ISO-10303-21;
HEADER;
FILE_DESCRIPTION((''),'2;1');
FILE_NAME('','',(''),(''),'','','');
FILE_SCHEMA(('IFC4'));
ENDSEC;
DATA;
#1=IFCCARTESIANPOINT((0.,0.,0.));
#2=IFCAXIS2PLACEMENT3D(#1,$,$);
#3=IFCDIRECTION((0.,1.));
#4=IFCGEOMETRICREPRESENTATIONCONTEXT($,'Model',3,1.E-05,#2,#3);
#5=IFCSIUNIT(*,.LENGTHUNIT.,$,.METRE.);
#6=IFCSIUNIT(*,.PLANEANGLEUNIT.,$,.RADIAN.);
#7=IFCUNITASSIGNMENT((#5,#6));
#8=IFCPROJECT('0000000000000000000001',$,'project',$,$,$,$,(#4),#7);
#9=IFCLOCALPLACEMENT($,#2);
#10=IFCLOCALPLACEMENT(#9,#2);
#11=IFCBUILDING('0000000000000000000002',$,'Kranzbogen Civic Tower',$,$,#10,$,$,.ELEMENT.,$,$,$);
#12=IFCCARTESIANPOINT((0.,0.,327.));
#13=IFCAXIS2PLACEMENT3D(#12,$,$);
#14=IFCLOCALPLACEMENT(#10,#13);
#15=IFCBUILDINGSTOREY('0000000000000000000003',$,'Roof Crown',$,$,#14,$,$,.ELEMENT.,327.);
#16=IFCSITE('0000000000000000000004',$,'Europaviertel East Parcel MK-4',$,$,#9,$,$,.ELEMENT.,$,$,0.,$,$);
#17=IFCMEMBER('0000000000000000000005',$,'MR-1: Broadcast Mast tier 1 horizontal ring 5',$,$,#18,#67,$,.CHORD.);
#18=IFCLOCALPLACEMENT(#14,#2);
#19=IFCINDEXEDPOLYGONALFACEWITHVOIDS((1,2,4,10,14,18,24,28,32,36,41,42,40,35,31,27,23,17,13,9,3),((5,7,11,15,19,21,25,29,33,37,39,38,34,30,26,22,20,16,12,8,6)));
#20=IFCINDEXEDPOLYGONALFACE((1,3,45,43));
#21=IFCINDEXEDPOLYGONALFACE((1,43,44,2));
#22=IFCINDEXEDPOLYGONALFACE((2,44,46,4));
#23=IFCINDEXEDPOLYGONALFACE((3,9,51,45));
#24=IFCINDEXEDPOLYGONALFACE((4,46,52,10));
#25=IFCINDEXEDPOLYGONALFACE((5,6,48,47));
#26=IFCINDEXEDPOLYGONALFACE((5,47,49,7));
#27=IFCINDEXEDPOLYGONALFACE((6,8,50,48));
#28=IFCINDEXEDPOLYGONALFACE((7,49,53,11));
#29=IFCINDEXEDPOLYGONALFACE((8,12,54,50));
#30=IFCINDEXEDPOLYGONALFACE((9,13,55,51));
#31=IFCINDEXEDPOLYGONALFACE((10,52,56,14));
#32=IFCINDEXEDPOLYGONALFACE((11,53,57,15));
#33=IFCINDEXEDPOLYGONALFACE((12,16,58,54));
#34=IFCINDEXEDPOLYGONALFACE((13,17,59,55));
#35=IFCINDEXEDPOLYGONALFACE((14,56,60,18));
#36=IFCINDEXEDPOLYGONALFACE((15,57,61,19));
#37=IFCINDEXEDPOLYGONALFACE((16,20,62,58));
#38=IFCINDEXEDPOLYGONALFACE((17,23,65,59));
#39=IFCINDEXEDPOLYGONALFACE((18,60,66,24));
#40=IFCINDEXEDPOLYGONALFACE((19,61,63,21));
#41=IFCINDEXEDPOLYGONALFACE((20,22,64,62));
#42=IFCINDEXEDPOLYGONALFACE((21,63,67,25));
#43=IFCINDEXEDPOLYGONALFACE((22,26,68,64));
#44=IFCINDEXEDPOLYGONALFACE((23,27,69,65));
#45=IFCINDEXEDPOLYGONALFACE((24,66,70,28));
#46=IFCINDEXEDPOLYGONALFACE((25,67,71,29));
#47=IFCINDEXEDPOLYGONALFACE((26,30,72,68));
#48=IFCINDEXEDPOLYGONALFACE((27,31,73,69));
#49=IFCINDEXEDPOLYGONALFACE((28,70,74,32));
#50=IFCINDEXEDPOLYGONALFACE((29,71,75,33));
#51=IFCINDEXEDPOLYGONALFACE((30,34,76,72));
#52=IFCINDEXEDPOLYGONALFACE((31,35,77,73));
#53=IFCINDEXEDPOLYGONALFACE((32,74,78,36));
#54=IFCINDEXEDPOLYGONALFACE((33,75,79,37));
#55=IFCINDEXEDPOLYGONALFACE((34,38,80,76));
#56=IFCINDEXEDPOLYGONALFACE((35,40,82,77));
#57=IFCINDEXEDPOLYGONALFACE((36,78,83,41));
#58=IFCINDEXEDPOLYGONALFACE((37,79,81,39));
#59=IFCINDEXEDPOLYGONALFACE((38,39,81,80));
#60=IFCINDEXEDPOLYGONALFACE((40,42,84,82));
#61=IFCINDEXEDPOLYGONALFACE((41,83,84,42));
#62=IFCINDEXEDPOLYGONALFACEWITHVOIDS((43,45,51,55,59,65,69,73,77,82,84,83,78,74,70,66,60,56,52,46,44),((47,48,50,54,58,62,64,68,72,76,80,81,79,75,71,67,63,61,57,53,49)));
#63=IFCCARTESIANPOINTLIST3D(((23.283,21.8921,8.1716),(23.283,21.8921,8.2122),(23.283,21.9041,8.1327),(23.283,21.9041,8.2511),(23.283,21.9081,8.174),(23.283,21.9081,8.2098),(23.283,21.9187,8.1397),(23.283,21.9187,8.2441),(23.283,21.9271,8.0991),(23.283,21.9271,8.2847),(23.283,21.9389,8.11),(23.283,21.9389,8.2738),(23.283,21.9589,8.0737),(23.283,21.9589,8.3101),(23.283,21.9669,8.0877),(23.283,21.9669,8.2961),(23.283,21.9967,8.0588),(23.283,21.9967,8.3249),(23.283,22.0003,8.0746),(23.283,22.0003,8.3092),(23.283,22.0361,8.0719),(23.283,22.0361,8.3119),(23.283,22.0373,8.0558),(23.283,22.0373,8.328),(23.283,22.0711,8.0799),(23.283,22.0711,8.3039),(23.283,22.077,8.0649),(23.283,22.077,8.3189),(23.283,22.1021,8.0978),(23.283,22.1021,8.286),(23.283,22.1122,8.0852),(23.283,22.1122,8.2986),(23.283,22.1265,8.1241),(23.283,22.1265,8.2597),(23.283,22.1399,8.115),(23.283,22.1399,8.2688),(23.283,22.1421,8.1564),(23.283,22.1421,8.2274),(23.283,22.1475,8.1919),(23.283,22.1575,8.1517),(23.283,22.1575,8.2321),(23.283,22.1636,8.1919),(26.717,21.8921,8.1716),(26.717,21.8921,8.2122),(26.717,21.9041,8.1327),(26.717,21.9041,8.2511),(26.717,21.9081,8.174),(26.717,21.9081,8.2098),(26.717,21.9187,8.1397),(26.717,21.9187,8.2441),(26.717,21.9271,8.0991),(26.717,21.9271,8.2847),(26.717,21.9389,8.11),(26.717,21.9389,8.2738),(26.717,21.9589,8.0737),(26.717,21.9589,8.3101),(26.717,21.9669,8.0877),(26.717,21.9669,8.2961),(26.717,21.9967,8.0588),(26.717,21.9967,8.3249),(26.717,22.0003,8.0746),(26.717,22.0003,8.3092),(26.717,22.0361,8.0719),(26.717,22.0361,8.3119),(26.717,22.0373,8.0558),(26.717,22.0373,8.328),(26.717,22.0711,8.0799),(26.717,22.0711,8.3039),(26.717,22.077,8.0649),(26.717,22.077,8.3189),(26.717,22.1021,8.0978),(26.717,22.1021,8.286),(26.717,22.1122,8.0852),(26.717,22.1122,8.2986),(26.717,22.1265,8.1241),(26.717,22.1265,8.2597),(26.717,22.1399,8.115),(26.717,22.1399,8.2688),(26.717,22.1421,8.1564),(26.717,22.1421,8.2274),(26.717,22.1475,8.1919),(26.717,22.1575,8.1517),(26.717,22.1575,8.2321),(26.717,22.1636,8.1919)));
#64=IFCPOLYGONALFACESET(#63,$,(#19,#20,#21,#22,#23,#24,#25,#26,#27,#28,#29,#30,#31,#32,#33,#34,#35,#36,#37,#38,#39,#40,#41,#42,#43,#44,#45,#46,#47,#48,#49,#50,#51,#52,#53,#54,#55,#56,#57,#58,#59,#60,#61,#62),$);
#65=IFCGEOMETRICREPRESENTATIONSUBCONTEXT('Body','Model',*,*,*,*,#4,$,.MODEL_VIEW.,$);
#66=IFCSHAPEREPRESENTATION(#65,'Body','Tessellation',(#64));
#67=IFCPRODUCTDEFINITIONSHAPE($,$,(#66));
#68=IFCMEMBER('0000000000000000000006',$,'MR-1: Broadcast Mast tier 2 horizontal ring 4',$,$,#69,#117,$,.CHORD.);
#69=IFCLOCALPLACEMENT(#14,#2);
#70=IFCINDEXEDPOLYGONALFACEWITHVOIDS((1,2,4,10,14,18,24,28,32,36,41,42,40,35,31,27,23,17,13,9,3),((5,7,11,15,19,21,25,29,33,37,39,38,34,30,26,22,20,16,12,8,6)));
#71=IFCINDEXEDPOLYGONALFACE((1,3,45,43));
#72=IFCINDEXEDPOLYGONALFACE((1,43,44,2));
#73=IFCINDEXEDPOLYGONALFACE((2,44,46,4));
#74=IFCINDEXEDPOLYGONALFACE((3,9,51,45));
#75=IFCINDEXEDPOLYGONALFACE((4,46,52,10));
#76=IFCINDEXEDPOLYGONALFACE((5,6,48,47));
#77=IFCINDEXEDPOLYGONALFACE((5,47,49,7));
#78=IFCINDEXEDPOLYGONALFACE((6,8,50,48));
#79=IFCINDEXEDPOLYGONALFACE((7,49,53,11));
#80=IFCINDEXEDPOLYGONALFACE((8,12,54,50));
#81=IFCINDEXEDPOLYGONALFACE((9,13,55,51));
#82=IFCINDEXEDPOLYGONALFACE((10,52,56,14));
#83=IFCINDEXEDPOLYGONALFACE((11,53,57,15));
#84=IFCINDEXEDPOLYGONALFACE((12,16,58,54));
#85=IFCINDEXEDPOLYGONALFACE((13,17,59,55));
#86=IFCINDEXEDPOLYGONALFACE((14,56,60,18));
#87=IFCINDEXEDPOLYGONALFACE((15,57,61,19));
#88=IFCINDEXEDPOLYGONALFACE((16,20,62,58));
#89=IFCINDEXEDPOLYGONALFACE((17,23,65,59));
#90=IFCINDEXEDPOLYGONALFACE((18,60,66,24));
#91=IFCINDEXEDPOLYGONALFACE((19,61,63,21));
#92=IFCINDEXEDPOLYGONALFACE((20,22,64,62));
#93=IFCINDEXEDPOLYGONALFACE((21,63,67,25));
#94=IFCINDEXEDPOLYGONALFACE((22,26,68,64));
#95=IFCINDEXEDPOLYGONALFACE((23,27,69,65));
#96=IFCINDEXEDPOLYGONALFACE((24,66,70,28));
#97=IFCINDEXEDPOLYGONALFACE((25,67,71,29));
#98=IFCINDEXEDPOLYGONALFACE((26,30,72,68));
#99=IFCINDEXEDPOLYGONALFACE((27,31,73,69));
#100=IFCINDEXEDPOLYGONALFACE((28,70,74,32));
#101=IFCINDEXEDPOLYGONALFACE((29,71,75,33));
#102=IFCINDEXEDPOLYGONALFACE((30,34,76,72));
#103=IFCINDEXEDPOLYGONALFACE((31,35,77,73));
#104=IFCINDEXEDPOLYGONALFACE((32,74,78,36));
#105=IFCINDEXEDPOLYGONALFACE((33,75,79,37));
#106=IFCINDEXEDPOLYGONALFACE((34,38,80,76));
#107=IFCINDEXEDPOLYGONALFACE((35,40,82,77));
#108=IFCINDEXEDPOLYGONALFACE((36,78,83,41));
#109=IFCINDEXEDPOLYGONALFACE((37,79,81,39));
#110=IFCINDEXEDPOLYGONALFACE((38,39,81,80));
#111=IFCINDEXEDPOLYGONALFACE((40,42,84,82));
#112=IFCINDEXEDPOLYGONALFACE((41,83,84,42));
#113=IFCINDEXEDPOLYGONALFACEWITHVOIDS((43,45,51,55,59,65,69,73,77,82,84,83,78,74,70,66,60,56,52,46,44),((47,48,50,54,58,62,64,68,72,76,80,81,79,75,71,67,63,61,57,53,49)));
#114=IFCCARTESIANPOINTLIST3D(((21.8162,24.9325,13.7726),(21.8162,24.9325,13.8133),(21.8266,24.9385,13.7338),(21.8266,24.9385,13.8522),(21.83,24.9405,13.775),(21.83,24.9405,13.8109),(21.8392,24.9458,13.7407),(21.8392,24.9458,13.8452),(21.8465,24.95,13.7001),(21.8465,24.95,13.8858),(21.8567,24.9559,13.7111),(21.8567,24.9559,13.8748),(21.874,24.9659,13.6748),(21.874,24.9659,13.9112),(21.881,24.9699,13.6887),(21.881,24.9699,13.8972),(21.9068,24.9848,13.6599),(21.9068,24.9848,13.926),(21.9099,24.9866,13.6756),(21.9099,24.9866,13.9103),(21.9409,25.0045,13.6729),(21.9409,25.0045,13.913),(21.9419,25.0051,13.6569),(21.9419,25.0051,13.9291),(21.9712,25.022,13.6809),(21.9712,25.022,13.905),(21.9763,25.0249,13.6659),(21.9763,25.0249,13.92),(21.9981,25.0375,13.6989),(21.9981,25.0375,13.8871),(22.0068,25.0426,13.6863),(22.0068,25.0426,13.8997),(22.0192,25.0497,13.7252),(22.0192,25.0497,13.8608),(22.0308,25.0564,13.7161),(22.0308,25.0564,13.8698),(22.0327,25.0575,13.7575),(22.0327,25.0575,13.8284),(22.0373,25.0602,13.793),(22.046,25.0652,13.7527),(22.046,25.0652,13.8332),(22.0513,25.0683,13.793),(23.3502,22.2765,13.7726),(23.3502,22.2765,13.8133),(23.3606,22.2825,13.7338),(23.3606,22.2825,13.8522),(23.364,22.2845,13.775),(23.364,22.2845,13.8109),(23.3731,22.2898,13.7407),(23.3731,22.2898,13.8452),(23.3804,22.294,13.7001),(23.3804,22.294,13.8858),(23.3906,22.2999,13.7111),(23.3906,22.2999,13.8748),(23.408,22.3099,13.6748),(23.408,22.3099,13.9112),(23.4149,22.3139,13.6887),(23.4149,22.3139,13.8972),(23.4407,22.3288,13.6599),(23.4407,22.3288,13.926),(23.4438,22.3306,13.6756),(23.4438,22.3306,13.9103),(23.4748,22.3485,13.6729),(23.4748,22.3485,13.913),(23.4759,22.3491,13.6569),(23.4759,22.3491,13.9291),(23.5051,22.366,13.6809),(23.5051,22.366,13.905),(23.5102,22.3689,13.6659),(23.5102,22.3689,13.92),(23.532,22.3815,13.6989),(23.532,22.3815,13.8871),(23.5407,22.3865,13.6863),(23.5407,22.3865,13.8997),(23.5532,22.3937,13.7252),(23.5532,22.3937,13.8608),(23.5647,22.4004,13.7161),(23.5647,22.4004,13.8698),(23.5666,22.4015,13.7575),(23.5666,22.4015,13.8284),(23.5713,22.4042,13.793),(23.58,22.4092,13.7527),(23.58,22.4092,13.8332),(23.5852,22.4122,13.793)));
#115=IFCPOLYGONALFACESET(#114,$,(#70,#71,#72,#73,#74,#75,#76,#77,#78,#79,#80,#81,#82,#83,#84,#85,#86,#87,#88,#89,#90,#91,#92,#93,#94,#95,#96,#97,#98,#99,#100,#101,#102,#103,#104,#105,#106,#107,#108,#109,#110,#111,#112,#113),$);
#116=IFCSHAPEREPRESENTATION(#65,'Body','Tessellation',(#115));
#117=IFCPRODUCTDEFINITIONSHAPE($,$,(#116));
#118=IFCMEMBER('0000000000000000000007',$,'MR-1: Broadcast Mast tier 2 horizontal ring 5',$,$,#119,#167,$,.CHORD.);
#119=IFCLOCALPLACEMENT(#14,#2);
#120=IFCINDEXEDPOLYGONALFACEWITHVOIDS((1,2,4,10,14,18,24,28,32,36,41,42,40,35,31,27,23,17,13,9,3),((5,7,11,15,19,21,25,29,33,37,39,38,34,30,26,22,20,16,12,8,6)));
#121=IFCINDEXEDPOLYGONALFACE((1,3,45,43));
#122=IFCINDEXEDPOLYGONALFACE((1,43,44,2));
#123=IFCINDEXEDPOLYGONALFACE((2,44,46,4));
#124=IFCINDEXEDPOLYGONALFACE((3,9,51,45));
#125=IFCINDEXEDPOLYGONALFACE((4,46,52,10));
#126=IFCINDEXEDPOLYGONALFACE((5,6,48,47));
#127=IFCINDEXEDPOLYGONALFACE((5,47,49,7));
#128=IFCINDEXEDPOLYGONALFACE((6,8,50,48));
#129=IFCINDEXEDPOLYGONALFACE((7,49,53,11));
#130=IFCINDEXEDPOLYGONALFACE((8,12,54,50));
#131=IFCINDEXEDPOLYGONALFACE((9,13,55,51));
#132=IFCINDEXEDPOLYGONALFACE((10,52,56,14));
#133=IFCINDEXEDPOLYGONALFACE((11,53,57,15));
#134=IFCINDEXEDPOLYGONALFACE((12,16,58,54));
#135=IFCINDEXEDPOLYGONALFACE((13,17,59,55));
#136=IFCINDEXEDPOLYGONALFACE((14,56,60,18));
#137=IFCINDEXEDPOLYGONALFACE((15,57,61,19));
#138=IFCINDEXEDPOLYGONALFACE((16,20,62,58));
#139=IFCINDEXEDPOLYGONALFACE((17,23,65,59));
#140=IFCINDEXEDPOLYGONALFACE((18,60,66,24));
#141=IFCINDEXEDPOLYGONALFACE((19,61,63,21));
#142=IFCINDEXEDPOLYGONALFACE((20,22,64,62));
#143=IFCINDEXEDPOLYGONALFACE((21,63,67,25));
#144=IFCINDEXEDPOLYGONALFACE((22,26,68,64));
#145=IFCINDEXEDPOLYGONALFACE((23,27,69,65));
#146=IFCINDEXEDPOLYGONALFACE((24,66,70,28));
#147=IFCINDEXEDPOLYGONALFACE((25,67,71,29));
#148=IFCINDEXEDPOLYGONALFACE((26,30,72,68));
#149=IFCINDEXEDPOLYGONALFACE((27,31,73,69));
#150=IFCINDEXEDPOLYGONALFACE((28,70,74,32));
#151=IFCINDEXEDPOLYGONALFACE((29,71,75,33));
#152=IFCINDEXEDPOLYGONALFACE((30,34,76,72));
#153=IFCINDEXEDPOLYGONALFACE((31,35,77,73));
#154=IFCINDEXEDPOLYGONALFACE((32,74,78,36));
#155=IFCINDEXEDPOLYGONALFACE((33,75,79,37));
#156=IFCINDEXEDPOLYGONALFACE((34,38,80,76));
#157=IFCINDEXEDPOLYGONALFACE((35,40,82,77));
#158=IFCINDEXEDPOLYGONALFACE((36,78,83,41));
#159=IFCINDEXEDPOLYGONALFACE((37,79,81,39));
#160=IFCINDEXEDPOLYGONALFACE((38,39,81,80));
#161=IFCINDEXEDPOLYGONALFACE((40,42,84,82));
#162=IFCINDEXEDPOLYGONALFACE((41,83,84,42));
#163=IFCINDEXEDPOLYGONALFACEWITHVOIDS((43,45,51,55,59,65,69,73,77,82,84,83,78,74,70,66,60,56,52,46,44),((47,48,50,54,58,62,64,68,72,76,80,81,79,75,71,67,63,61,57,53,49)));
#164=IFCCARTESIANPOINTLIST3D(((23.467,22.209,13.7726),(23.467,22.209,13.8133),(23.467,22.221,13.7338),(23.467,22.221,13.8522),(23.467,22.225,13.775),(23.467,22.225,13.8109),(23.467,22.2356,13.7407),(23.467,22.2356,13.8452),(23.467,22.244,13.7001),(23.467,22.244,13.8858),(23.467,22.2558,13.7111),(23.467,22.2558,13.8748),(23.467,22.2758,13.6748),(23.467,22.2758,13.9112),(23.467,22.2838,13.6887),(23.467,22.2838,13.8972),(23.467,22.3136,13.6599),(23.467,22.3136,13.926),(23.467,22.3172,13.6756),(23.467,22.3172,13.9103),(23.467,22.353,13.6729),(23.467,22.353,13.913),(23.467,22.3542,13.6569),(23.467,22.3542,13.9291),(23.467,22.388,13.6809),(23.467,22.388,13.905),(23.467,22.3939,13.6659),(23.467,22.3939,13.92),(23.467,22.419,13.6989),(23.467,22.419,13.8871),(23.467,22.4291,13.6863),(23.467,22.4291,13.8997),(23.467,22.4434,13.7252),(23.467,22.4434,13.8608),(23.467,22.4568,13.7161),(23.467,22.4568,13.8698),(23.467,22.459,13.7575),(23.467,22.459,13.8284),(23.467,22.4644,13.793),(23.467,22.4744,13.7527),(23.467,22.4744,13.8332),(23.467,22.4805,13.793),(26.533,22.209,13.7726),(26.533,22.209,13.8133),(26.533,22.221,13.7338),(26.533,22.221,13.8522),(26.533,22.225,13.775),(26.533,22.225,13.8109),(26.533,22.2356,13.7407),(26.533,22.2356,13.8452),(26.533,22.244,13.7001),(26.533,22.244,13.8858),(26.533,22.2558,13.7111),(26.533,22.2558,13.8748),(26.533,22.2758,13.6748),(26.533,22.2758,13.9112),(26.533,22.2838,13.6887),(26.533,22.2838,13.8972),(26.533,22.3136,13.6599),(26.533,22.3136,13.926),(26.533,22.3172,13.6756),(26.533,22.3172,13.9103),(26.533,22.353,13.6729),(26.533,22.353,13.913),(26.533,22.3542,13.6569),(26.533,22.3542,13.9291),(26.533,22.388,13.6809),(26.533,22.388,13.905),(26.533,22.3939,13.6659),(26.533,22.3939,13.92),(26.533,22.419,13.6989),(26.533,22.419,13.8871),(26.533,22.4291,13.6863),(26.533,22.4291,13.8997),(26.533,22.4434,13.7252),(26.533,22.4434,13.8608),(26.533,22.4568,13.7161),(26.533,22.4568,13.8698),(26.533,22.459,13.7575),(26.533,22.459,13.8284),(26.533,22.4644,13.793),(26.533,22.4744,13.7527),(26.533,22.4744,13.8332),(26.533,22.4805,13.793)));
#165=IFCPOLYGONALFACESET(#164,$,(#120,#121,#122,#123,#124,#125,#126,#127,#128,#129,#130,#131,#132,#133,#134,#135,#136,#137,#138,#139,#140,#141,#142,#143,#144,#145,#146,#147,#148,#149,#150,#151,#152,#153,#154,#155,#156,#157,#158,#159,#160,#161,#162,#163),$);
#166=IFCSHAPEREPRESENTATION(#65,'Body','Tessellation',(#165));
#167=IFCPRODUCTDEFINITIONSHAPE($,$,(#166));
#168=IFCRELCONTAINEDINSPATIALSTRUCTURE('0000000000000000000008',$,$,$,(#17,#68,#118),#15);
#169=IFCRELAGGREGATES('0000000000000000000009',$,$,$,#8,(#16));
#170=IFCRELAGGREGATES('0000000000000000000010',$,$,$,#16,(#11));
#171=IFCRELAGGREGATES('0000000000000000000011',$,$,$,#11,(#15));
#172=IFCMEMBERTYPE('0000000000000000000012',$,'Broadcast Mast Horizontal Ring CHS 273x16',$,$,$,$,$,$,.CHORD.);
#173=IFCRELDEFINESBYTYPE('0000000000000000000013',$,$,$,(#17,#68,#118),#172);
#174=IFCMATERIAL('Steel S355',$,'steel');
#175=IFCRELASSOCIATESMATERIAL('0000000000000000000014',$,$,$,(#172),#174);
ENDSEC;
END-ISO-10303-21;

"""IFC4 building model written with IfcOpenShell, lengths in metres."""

from ifc_helpers import new_model, si_unit, direction, frame, origin, origin_2d, place, context, subcontext, project, spatial, hollow_circle, extrude, material, material_profile, profile_set, type_object, element, save


model = new_model("IFC4")

# Units and contexts
model_context = context("Model", 3, precision=1e-05, world=origin(), true_north=direction((0.0, 1.0)))
body_context = subcontext(model_context, "Body", "Model", "MODEL_VIEW")
ifc_project = project(units=[si_unit("LENGTHUNIT", "METRE"), si_unit("PLANEANGLEUNIT", "RADIAN")], contexts=[model_context])

# Site, building, storey
site_placement = place(None, origin())
site = spatial("IfcSite", under=ifc_project, at=site_placement, Name="Europaviertel East Parcel MK-4", CompositionType="ELEMENT", RefElevation=0.0)
building_placement = place(site_placement, origin())
building = spatial("IfcBuilding", under=site, at=building_placement, Name="Kranzbogen Civic Tower", CompositionType="ELEMENT")
storey_placement = place(building_placement, frame((0.0, 0.0, 327.0)))
storey = spatial("IfcBuildingStorey", under=building, at=storey_placement, Name="Roof Crown", CompositionType="ELEMENT", Elevation=327.0)

# Members
ifc_material = material(Name="Steel S355", Category="steel")
ifc_material_profile_1 = material_profile(ifc_material, hollow_circle(Radius=0.1365, WallThickness=0.0161, at=origin_2d()), Name="CHS 273x16")
ifc_profile_set_1 = profile_set([ifc_material_profile_1], Name="Steel S355")
member_type_1 = type_object("IfcMemberType", Name="Broadcast Mast Horizontal Ring CHS 273x16", PredefinedType="CHORD", material=ifc_profile_set_1)
member_1_placement = place(storey_placement, frame((23.283, 22.0271, 8.1919), z_axis=(1.0, 0.0, 0.0), x_axis=(0.0, 1.0, 0.0)))
element("IfcMember", 1, at=member_1_placement, inside=storey, type_object=member_type_1, Name="MR-1: Broadcast Mast tier 1 horizontal ring 5", PredefinedType="CHORD", context=body_context, shape_type="SweptSolid", body=[
    extrude(hollow_circle(Radius=0.1365, WallThickness=0.0161, at=origin_2d()), origin(), (0.0, 0.0, 1.0), 3.4341),
])
member_2_placement = place(storey_placement, frame((21.9331, 25.0, 13.793), z_axis=(0.50012, -0.865956, 0.0), x_axis=(0.865956, 0.50012, 0.0)))
element("IfcMember", 2, at=member_2_placement, inside=storey, type_object=member_type_1, Name="MR-1: Broadcast Mast tier 2 horizontal ring 4", PredefinedType="CHORD", context=body_context, shape_type="SweptSolid", body=[
    extrude(hollow_circle(Radius=0.1365, WallThickness=0.0161, at=origin_2d()), origin(), (0.0, 0.0, 1.0), 3.0671),
])
member_3_placement = place(storey_placement, frame((23.467, 22.344, 13.793), z_axis=(1.0, 0.0, 0.0), x_axis=(0.0, 1.0, 0.0)))
element("IfcMember", 3, at=member_3_placement, inside=storey, type_object=member_type_1, Name="MR-1: Broadcast Mast tier 2 horizontal ring 5", PredefinedType="CHORD", context=body_context, shape_type="SweptSolid", body=[
    extrude(hollow_circle(Radius=0.1365, WallThickness=0.0161, at=origin_2d()), origin(), (0.0, 0.0, 1.0), 3.0659),
])

save(model, "model.ifc")
